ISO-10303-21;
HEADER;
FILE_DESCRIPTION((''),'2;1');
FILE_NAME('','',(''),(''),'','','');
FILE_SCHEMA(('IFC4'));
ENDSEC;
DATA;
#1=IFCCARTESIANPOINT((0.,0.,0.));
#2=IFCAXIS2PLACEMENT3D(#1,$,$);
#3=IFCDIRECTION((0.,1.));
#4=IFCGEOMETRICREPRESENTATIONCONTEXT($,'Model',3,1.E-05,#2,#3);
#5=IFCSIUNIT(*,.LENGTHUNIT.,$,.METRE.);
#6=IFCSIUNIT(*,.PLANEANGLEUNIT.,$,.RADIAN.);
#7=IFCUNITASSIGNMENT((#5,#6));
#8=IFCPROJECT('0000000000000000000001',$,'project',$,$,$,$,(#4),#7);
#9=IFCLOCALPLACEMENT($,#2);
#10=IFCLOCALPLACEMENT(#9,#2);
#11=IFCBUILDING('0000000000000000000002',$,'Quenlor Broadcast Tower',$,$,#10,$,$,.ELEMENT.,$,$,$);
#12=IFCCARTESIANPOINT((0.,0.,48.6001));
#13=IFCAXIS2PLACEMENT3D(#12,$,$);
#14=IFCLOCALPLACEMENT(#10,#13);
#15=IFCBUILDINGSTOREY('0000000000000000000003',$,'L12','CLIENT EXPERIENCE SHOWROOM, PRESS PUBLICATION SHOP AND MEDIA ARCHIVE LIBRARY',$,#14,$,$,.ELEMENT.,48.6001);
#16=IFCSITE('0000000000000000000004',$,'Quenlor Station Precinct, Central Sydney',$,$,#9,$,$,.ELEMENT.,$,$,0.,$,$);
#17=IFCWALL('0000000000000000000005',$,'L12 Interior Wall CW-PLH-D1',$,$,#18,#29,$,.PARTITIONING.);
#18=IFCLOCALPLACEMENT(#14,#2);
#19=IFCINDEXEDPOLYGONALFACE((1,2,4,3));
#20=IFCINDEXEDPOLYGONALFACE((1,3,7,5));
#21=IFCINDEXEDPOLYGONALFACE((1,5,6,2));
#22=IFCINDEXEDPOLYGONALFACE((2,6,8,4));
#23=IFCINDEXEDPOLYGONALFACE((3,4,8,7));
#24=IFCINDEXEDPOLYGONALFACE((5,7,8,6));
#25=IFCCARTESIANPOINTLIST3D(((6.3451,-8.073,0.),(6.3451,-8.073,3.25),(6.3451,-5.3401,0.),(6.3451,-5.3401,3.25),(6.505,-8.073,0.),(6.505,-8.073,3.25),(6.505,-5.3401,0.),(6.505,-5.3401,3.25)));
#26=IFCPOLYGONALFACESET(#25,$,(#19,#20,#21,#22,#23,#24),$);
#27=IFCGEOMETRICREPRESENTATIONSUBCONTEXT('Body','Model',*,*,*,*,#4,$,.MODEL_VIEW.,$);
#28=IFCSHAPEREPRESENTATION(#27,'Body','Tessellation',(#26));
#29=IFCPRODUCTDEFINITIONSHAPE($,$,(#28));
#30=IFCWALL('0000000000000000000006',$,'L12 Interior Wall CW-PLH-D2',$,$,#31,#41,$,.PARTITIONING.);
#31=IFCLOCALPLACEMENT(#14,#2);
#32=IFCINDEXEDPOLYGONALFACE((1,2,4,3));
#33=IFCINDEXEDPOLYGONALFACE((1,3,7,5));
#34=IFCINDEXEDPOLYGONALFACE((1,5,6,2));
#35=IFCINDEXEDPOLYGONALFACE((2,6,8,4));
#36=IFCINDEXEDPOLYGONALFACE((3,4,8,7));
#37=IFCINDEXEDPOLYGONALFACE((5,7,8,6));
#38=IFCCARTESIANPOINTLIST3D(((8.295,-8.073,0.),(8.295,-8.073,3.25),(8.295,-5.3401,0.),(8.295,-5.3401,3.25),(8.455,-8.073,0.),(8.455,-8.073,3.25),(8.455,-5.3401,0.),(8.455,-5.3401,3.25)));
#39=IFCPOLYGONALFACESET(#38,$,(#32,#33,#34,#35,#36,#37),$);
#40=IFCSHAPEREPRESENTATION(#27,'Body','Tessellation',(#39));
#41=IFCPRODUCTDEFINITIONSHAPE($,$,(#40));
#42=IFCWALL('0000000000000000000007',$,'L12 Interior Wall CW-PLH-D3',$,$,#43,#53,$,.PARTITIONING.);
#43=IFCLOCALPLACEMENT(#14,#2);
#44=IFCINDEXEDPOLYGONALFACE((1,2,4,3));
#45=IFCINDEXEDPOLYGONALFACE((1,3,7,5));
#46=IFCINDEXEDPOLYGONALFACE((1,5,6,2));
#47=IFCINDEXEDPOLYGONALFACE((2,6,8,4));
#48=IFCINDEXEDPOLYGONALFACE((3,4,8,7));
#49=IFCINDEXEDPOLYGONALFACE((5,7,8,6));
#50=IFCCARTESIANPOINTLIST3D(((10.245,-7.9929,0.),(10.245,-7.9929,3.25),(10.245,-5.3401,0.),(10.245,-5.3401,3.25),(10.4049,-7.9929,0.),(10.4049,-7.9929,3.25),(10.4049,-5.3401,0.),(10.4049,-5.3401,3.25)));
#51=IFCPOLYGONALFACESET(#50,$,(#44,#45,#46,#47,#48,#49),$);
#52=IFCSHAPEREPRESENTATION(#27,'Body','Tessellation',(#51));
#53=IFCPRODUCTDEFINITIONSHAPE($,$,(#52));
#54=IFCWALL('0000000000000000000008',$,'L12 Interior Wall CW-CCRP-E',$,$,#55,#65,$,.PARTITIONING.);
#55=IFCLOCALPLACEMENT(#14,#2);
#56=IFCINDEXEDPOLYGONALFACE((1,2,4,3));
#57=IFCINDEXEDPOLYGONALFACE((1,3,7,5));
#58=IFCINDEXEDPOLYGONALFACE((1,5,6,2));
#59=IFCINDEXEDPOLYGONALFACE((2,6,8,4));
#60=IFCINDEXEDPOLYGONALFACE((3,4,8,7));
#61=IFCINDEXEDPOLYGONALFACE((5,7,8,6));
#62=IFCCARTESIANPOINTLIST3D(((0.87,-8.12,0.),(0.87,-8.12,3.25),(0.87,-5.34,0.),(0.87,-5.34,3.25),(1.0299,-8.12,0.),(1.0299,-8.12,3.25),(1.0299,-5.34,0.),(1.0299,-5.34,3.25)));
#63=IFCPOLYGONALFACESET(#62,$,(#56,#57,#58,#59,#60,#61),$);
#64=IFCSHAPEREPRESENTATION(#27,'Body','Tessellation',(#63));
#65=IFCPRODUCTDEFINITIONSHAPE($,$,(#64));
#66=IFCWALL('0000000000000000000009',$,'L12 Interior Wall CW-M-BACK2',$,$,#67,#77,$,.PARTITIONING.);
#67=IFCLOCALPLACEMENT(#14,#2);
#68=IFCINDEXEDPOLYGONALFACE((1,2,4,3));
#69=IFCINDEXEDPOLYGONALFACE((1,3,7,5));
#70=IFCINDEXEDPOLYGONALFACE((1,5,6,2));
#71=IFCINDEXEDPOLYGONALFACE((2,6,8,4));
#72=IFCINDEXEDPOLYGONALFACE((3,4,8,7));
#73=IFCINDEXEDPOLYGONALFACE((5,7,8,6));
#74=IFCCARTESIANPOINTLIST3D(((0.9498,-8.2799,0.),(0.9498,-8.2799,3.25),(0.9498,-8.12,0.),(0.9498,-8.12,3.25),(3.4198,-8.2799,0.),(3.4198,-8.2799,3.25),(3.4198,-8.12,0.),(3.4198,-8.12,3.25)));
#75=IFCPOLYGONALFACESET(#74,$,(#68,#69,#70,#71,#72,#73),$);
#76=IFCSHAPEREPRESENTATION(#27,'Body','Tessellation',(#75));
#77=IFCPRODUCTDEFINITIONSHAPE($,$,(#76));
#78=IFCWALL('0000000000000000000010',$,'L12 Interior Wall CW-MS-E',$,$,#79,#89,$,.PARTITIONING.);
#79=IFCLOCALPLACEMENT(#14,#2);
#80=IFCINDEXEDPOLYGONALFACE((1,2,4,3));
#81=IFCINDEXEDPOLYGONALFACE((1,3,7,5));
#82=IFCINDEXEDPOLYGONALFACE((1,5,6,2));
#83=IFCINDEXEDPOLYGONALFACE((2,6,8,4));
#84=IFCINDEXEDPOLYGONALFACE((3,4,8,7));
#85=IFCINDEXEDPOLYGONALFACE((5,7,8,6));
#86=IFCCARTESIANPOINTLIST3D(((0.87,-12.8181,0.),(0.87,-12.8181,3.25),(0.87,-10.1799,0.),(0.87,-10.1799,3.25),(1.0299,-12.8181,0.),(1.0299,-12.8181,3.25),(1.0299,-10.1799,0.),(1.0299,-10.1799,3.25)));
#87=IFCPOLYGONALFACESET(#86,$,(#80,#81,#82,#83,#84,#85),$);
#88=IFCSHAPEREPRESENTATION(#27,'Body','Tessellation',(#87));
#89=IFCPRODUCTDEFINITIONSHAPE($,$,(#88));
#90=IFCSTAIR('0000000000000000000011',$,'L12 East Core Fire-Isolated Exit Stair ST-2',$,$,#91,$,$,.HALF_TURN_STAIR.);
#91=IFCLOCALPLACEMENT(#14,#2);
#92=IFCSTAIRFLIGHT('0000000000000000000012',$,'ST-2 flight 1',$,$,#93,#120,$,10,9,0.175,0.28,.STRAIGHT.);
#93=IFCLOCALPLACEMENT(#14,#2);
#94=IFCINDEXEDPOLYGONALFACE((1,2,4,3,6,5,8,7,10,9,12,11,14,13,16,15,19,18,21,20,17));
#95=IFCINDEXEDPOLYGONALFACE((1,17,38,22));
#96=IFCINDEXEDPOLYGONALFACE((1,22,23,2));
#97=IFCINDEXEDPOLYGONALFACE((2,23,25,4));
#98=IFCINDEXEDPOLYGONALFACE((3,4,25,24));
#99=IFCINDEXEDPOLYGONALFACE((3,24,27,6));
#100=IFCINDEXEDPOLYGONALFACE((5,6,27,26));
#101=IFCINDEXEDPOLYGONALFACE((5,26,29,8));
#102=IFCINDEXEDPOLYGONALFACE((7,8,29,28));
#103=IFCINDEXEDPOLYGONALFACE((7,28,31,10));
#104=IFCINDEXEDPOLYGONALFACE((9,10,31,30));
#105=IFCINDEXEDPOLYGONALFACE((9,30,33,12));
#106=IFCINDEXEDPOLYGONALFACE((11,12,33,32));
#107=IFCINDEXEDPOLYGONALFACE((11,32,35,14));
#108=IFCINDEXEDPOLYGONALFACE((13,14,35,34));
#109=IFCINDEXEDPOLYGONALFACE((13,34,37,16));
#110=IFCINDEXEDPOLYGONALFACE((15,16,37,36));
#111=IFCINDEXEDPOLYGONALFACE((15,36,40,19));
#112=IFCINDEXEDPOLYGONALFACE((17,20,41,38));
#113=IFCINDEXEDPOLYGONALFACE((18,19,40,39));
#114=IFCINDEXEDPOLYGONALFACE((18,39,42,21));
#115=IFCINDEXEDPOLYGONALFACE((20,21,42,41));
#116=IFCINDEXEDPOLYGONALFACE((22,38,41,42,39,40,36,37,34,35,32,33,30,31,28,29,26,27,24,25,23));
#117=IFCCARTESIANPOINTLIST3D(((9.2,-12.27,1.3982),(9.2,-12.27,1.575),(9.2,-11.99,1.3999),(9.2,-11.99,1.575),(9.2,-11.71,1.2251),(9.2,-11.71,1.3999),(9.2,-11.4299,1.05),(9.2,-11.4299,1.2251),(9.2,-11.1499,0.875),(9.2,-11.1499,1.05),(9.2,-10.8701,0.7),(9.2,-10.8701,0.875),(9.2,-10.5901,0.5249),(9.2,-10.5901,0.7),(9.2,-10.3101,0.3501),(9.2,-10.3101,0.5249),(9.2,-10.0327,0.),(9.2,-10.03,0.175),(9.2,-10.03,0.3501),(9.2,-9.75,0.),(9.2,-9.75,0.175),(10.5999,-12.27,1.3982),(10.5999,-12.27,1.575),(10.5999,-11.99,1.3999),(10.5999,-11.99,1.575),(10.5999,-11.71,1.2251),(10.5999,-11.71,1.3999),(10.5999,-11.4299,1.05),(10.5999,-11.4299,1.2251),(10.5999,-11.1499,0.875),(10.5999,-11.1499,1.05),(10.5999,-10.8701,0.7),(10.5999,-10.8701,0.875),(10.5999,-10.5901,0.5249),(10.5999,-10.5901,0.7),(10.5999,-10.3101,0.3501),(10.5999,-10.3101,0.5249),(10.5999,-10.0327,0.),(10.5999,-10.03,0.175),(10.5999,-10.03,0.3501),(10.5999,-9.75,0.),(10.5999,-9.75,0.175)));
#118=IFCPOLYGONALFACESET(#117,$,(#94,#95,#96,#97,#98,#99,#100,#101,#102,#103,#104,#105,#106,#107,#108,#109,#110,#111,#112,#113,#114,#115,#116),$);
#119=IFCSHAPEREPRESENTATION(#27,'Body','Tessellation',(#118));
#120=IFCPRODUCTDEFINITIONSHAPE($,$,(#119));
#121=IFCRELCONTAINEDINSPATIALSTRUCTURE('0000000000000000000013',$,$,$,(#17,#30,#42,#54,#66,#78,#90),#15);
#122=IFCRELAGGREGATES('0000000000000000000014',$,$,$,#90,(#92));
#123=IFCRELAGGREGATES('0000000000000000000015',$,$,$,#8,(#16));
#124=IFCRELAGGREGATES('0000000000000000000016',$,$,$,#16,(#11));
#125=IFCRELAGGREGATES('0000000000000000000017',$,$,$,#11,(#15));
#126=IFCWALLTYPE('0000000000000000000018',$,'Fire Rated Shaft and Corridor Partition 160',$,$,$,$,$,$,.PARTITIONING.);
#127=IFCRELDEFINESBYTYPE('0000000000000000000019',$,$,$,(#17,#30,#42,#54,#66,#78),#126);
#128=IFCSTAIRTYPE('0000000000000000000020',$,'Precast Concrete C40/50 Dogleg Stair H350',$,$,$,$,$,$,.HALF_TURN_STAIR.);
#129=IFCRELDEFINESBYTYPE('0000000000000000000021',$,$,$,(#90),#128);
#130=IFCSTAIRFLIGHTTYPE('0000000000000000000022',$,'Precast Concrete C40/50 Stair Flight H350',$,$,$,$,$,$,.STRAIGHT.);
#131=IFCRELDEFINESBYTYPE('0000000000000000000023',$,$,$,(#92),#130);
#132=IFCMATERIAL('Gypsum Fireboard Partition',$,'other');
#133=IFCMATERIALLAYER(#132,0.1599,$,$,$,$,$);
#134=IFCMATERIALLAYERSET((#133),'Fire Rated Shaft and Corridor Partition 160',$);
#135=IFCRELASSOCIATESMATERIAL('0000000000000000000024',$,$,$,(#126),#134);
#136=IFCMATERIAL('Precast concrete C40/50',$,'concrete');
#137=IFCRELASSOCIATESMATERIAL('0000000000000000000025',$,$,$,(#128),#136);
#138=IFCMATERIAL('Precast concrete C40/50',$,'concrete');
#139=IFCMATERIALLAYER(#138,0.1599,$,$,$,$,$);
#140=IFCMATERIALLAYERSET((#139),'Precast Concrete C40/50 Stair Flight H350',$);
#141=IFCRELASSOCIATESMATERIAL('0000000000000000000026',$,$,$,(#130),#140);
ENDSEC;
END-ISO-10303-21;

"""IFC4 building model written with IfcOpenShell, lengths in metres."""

from ifc_helpers import new_model, si_unit, direction, frame, frame_2d, origin, place, context, subcontext, project, spatial, polyline, rectangle, outline, extrude, material, layer, layer_set, type_object, element, aggregate, save


model = new_model("IFC4")

# Units and contexts
model_context = context("Model", 3, precision=1e-05, world=origin(), true_north=direction((0.0, 1.0)))
body_context = subcontext(model_context, "Body", "Model", "MODEL_VIEW")
ifc_project = project(units=[si_unit("LENGTHUNIT", "METRE"), si_unit("PLANEANGLEUNIT", "RADIAN")], contexts=[model_context])

# Site, building, storey
site_placement = place(None, origin())
site = spatial("IfcSite", under=ifc_project, at=site_placement, Name="Quenlor Station Precinct, Central Sydney", CompositionType="ELEMENT", RefElevation=0.0)
building_placement = place(site_placement, origin())
building = spatial("IfcBuilding", under=site, at=building_placement, Name="Quenlor Broadcast Tower", CompositionType="ELEMENT")
storey_placement = place(building_placement, frame((0.0, 0.0, 48.6001)))
storey = spatial("IfcBuildingStorey", under=building, at=storey_placement, Name="L12", Description="CLIENT EXPERIENCE SHOWROOM, PRESS PUBLICATION SHOP AND MEDIA ARCHIVE LIBRARY", CompositionType="ELEMENT", Elevation=48.6001)

# Walls
ifc_material_1 = material(Name="Gypsum Fireboard Partition", Category="other")
ifc_layer_1 = layer(ifc_material_1, 0.1599)
ifc_layer_set_1 = layer_set([ifc_layer_1], Name="Fire Rated Shaft and Corridor Partition 160")
wall_type_1 = type_object("IfcWallType", Name="Fire Rated Shaft and Corridor Partition 160", PredefinedType="PARTITIONING", material=ifc_layer_set_1)
for number, where, z_axis, x_axis, name in (
    (1, (6.425, -8.073, 0.0), (0.0, 0.0, 1.0), (0.0, 1.0, 0.0), "L12 Interior Wall CW-PLH-D1"),
    (2, (8.375, -8.073, 0.0), (0.0, 0.0, 1.0), (0.0, 1.0, 0.0), "L12 Interior Wall CW-PLH-D2"),
):
    element("IfcWall", number, at=place(storey_placement, frame(where, z_axis=z_axis, x_axis=x_axis)), inside=storey, type_object=wall_type_1, Name=name, PredefinedType="PARTITIONING", context=body_context, shape_type="SweptSolid", body=[
        extrude(rectangle(XDim=2.7329, YDim=0.1599, at=frame_2d((1.3665, 0.0))), origin(), (0.0, 0.0, 1.0), 3.25),
    ])
wall_1_placement = place(storey_placement, frame((10.325, -7.9929, 0.0), z_axis=(0.0, 0.0, 1.0), x_axis=(0.0, 1.0, 0.0)))
element("IfcWall", 3, at=wall_1_placement, inside=storey, type_object=wall_type_1, Name="L12 Interior Wall CW-PLH-D3", PredefinedType="PARTITIONING", context=body_context, shape_type="SweptSolid", body=[
    extrude(rectangle(XDim=2.6528, YDim=0.1599, at=frame_2d((1.3264, 0.0))), origin(), (0.0, 0.0, 1.0), 3.25),
])
wall_2_placement = place(storey_placement, frame((0.95, -8.1201, 0.0), z_axis=(0.0, 0.0, 1.0), x_axis=(0.0, 1.0, 0.0)))
element("IfcWall", 4, at=wall_2_placement, inside=storey, type_object=wall_type_1, Name="L12 Interior Wall CW-CCRP-E", PredefinedType="PARTITIONING", context=body_context, shape_type="SweptSolid", body=[
    extrude(rectangle(XDim=2.78, YDim=0.1599, at=frame_2d((1.3901, 0.0))), origin(), (0.0, 0.0, 1.0), 3.25),
])
wall_3_placement = place(storey_placement, frame((0.95, -8.2, 0.0), z_axis=(0.0, 0.0, 1.0), x_axis=(1.0, 0.0, 0.0)))
element("IfcWall", 5, at=wall_3_placement, inside=storey, type_object=wall_type_1, Name="L12 Interior Wall CW-M-BACK2", PredefinedType="PARTITIONING", context=body_context, shape_type="SweptSolid", body=[
    extrude(rectangle(XDim=2.47, YDim=0.1599, at=frame_2d((1.2349, 0.0))), origin(), (0.0, 0.0, 1.0), 3.25),
])
wall_4_placement = place(storey_placement, frame((0.95, -12.8181, 0.0), z_axis=(0.0, 0.0, 1.0), x_axis=(0.0, 1.0, 0.0)))
element("IfcWall", 6, at=wall_4_placement, inside=storey, type_object=wall_type_1, Name="L12 Interior Wall CW-MS-E", PredefinedType="PARTITIONING", context=body_context, shape_type="SweptSolid", body=[
    extrude(rectangle(XDim=2.6382, YDim=0.1599, at=frame_2d((1.3191, 0.0))), origin(), (0.0, 0.0, 1.0), 3.25),
])

# Stair, stair flight
ifc_material_2 = material(Name="Precast concrete C40/50", Category="concrete")
stair_type = type_object("IfcStairType", Name="Precast Concrete C40/50 Dogleg Stair H350", PredefinedType="HALF_TURN_STAIR", material=ifc_material_2)
stair_placement = place(storey_placement, origin())
stair = element("IfcStair", 7, at=stair_placement, inside=storey, type_object=stair_type, Name="L12 East Core Fire-Isolated Exit Stair ST-2", PredefinedType="HALF_TURN_STAIR")
ifc_material_3 = material(Name="Precast concrete C40/50", Category="concrete")
ifc_layer_2 = layer(ifc_material_3, 0.1599)
ifc_layer_set_2 = layer_set([ifc_layer_2], Name="Precast Concrete C40/50 Stair Flight H350")
stair_flight_type = type_object("IfcStairFlightType", Name="Precast Concrete C40/50 Stair Flight H350", PredefinedType="STRAIGHT", material=ifc_layer_set_2)
stair_flight_placement = place(storey_placement, frame((9.8999, -9.75, 0.0), z_axis=(0.0, 0.0, 1.0), x_axis=(0.0, -1.0, 0.0)))
stair_flight = element("IfcStairFlight", 8, at=stair_flight_placement, type_object=stair_flight_type, Name="ST-2 flight 1", NumberOfRisers=10, NumberOfTreads=9, PredefinedType="STRAIGHT", RiserHeight=0.175, TreadLength=0.28, context=body_context, shape_type="SweptSolid", body=[
    extrude(outline(polyline([(0.0, 0.0), (0.0, 0.175), (0.28, 0.175), (0.28, 0.3501), (0.5601, 0.3501), (0.5601, 0.5249), (0.8401, 0.5249), (0.8401, 0.7), (1.1201, 0.7), (1.1201, 0.875), (1.3999, 0.875), (1.3999, 1.05), (1.6799, 1.05), (1.6799, 1.2251), (1.96, 1.2251), (1.96, 1.3999), (2.24, 1.3999), (2.24, 1.575), (2.52, 1.575), (2.52, 1.75), (2.52, 1.3982), (0.2827, 0.0), (0.0, 0.0)])), frame((0.0, 0.7, 0.0), z_axis=(0.0, -1.0, 0.0), x_axis=(1.0, 0.0, 0.0)), (0.0, 0.0, 1.0), 1.3999),
])
aggregate(stair, [stair_flight])

save(model, "model.ifc")
